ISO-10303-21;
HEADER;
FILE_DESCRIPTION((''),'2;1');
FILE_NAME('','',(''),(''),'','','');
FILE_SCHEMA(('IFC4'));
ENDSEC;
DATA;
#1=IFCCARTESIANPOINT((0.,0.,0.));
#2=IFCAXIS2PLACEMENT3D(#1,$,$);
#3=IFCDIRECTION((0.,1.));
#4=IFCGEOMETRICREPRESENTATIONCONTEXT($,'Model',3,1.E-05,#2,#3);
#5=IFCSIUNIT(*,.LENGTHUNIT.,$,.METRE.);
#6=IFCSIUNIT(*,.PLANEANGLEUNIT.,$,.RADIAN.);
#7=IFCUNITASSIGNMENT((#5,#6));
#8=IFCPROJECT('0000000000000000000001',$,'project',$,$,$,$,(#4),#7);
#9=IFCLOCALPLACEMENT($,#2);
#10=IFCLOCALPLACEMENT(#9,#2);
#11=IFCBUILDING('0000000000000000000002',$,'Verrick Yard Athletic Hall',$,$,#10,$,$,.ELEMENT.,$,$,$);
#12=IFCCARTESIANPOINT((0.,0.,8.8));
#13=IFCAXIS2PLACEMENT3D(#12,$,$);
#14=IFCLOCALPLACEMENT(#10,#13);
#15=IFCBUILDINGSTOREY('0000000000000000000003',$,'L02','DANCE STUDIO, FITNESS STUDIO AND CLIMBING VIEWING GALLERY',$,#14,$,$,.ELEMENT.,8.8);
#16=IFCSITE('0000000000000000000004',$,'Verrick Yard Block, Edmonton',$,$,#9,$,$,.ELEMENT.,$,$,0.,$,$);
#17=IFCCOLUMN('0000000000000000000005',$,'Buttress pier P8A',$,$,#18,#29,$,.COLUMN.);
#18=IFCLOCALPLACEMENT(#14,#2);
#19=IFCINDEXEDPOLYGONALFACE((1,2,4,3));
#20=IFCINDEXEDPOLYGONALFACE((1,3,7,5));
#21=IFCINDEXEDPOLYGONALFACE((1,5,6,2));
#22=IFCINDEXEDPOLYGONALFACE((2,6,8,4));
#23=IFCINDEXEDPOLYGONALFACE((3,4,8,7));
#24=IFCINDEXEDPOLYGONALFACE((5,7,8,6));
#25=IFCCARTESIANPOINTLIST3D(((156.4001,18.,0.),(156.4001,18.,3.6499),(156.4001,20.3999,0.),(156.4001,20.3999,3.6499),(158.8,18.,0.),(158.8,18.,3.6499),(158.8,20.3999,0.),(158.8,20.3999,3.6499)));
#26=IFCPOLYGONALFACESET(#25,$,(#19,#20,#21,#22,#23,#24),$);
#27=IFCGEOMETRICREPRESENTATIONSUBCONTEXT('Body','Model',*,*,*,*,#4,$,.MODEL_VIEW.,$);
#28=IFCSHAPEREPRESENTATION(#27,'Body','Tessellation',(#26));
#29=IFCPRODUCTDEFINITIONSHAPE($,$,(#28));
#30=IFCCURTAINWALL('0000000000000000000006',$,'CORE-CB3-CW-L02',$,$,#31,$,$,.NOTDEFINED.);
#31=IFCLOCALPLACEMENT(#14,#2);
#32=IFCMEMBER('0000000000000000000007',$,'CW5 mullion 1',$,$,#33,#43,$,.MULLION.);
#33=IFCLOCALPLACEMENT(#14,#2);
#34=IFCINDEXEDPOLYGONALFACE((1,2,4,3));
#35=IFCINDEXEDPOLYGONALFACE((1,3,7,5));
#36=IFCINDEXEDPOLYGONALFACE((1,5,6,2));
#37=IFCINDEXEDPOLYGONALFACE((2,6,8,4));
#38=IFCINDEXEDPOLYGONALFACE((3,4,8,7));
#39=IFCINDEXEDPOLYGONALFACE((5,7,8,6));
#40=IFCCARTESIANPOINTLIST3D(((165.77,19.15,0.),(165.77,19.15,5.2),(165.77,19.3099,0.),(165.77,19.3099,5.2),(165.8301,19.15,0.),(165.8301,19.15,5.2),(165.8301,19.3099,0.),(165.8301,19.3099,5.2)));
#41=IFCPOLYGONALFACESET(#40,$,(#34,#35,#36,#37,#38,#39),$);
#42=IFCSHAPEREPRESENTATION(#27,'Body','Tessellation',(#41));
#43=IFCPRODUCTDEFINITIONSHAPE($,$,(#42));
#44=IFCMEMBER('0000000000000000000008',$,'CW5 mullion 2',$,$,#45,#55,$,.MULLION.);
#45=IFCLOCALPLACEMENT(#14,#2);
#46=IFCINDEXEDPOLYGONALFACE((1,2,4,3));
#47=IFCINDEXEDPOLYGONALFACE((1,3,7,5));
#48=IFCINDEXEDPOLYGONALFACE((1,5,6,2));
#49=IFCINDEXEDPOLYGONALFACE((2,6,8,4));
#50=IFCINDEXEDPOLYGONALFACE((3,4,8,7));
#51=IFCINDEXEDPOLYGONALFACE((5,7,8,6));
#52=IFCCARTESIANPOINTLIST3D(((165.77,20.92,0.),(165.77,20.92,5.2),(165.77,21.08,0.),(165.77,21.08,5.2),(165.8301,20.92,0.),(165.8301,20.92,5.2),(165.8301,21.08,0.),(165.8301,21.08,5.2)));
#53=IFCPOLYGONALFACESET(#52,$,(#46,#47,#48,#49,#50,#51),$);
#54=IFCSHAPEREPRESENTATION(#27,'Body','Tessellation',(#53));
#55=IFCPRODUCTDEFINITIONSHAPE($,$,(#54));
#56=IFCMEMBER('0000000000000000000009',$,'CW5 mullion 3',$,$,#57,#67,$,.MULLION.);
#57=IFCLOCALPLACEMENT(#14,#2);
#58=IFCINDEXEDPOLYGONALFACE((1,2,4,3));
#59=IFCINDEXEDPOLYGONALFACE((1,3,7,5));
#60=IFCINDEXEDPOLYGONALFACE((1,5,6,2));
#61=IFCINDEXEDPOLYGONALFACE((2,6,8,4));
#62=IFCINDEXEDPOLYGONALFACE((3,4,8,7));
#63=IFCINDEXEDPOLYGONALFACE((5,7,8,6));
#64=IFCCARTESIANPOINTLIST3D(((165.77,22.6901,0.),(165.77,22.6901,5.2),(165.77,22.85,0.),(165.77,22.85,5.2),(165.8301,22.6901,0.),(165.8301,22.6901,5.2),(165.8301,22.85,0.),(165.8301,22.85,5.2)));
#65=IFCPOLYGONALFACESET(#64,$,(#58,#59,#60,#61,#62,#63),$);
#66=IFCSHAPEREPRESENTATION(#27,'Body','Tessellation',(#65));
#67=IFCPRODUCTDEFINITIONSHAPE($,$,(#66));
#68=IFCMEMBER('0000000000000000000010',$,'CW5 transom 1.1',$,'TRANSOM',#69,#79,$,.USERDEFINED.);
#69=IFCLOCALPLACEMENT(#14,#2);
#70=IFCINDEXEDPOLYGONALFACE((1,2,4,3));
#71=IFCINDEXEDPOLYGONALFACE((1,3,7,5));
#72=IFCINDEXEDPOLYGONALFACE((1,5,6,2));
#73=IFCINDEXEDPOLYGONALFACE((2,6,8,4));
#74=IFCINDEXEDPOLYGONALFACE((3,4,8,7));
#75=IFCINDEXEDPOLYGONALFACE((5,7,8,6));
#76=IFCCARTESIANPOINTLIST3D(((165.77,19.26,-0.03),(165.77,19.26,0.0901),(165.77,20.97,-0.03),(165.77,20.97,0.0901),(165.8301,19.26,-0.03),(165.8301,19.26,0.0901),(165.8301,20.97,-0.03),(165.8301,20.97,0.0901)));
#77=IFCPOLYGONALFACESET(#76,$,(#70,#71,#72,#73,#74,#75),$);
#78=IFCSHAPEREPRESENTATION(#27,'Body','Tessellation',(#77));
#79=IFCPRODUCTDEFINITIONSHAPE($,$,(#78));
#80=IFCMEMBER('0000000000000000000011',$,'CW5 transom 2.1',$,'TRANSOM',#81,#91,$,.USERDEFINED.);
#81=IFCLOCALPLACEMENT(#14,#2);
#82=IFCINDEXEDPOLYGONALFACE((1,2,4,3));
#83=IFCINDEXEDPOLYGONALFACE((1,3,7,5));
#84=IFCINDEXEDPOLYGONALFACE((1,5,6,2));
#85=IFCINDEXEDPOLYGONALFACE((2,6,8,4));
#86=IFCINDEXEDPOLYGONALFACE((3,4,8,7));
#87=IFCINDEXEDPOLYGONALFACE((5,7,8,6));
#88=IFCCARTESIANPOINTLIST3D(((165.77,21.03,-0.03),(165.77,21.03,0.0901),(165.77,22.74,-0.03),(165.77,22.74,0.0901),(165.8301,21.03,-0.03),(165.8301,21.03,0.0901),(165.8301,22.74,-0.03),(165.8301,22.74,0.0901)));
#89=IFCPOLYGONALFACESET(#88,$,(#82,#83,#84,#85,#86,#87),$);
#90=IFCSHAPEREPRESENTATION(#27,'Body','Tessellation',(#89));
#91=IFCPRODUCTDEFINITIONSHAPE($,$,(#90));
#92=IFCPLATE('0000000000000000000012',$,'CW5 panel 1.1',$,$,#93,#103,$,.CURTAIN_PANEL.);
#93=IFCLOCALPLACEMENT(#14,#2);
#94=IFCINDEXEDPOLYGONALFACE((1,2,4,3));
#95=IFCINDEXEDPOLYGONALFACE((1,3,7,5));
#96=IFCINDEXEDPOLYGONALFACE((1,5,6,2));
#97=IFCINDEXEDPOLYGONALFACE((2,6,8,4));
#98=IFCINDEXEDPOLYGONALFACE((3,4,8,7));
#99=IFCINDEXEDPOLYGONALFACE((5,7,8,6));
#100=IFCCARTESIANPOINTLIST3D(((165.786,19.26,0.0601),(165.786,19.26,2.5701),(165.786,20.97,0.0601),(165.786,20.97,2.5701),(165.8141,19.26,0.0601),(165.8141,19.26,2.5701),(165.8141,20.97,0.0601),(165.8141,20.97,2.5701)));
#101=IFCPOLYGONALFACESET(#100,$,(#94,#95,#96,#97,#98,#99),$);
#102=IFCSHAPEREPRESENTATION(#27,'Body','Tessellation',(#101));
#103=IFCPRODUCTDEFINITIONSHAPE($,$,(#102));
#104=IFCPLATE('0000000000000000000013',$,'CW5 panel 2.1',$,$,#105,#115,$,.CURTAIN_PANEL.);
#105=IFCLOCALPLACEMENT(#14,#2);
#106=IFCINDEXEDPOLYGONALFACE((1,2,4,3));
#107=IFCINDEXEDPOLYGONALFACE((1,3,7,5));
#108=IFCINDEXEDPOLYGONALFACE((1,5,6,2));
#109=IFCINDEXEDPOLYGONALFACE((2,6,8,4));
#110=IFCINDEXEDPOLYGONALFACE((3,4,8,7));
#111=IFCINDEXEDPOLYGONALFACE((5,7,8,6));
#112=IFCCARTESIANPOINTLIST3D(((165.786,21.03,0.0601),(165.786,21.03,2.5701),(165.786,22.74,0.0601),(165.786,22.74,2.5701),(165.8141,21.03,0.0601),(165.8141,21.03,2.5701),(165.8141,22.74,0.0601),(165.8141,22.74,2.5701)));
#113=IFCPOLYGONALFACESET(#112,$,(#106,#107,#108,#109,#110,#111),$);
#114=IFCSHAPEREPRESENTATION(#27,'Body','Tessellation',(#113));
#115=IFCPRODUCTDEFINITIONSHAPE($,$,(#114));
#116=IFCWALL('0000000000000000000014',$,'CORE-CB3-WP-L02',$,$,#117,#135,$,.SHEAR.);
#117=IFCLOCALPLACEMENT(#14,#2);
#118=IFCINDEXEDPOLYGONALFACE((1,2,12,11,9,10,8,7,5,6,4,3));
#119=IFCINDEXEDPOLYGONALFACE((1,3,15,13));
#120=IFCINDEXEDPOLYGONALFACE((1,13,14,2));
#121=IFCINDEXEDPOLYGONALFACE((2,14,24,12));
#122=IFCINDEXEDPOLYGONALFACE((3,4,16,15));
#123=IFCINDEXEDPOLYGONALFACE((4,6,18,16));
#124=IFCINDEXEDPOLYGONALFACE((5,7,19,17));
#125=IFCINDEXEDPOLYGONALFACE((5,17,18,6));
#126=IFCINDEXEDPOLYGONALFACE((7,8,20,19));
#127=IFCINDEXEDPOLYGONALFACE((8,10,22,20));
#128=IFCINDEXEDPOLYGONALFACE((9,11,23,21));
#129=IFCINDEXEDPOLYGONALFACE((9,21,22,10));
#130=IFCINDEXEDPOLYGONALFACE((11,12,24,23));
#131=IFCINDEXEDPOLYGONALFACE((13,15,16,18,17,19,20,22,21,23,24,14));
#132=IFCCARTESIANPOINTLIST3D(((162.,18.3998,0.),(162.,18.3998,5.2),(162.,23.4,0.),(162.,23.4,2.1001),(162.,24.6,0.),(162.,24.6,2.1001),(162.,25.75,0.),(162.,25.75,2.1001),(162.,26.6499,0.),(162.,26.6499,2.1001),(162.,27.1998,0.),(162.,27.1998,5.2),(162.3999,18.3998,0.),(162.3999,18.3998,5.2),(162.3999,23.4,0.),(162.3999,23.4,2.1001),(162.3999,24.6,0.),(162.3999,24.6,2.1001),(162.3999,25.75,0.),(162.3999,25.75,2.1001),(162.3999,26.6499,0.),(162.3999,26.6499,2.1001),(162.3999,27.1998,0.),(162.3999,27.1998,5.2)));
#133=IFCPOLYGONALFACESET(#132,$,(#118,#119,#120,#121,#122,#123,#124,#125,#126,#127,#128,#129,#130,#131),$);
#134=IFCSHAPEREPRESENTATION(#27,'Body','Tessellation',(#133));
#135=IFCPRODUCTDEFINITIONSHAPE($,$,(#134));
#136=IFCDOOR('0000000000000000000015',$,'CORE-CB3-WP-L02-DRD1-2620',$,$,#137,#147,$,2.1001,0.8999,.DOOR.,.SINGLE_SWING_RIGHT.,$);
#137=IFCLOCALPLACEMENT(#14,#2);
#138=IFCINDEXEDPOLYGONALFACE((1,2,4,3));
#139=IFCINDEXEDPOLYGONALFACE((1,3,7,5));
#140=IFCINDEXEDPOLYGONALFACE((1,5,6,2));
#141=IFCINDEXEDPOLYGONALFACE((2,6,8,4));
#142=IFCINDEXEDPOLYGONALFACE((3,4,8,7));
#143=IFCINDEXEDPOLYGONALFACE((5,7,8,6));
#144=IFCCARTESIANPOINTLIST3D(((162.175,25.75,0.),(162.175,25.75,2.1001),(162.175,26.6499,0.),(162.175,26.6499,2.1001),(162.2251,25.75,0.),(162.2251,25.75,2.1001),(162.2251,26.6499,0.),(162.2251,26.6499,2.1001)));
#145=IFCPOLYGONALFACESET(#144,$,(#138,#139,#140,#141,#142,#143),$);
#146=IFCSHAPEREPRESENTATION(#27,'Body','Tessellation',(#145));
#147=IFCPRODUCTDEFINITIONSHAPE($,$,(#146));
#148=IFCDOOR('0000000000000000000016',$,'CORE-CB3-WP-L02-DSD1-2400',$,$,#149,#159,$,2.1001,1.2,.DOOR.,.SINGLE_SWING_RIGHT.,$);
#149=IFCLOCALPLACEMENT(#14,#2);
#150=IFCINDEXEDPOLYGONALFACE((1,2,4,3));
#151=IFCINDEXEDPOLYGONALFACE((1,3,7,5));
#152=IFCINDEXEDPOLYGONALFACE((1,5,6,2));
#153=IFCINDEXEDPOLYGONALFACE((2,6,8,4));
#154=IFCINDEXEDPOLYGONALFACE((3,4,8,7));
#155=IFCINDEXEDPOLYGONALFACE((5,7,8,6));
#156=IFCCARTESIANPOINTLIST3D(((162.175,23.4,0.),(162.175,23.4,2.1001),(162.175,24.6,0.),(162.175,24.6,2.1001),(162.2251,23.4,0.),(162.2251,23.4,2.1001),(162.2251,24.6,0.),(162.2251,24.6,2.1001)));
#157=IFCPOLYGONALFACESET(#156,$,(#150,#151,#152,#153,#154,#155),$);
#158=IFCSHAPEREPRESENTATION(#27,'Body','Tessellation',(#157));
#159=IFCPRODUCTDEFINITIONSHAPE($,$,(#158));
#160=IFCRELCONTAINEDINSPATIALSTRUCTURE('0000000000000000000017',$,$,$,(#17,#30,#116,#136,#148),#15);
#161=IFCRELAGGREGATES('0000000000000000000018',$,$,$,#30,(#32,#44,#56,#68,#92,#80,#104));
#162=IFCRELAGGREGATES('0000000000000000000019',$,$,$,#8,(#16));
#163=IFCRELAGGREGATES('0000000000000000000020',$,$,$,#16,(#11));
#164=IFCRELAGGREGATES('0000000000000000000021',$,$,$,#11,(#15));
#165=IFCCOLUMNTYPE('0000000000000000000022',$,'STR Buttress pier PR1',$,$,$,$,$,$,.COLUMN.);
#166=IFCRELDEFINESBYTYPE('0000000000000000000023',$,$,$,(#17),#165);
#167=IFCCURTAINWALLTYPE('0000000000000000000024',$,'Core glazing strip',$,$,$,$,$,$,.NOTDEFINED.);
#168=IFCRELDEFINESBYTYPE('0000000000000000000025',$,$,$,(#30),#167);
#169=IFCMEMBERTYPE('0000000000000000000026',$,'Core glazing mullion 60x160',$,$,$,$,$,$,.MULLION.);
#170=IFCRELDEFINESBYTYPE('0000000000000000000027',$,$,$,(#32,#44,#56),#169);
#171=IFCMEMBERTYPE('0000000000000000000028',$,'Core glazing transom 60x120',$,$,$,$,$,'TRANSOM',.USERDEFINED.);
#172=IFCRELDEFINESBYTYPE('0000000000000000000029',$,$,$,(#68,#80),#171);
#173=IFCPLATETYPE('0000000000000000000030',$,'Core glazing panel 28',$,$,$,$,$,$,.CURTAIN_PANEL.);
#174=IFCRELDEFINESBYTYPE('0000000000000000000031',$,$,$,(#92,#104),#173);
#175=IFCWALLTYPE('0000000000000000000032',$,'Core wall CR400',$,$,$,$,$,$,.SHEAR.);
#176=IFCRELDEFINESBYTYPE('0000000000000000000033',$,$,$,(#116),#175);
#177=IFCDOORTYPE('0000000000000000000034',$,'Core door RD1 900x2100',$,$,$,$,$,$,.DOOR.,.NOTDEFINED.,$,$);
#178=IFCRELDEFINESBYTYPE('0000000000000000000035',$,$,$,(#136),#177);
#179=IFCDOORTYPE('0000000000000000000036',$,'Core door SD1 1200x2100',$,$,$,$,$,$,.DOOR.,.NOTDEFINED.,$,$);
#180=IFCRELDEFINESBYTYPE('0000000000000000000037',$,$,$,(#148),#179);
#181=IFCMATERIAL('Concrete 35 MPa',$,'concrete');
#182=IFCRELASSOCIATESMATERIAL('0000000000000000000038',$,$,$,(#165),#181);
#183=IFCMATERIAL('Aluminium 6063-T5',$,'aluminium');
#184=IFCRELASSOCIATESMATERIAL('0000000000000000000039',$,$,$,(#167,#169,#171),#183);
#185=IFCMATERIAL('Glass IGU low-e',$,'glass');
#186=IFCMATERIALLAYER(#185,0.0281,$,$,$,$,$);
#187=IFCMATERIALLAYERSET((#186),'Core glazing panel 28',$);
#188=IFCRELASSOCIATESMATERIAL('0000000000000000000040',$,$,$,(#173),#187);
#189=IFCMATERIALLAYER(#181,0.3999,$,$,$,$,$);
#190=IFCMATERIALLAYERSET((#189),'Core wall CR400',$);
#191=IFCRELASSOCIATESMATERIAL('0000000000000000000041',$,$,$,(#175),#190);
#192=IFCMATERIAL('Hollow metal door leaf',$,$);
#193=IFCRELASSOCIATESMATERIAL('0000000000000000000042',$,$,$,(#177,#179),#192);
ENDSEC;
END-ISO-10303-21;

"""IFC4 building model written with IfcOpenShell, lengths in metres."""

from ifc_helpers import new_model, si_unit, direction, frame, frame_2d, origin, origin_2d, place, context, subcontext, project, spatial, rectangle, extrude, material, layer, layer_set, material_profile, profile_set, type_object, element, fill, aggregate, save


model = new_model("IFC4")

# Units and contexts
model_context = context("Model", 3, precision=1e-05, world=origin(), true_north=direction((0.0, 1.0)))
body_context = subcontext(model_context, "Body", "Model", "MODEL_VIEW")
ifc_project = project(units=[si_unit("LENGTHUNIT", "METRE"), si_unit("PLANEANGLEUNIT", "RADIAN")], contexts=[model_context])

# Site, building, storey
site_placement = place(None, origin())
site = spatial("IfcSite", under=ifc_project, at=site_placement, Name="Verrick Yard Block, Edmonton", CompositionType="ELEMENT", RefElevation=0.0)
building_placement = place(site_placement, origin())
building = spatial("IfcBuilding", under=site, at=building_placement, Name="Verrick Yard Athletic Hall", CompositionType="ELEMENT")
storey_placement = place(building_placement, frame((0.0, 0.0, 8.8)))
storey = spatial("IfcBuildingStorey", under=building, at=storey_placement, Name="L02", Description="DANCE STUDIO, FITNESS STUDIO AND CLIMBING VIEWING GALLERY", CompositionType="ELEMENT", Elevation=8.8)

# Column
ifc_material_1 = material(Name="Concrete 35 MPa", Category="concrete")
ifc_material_profile_1 = material_profile(ifc_material_1, rectangle(XDim=2.3999, YDim=2.3999, at=origin_2d()), Name="STR Buttress pier PR1")
ifc_profile_set_1 = profile_set([ifc_material_profile_1], Name="Concrete 35 MPa")
column_type = type_object("IfcColumnType", Name="STR Buttress pier PR1", PredefinedType="COLUMN", material=ifc_profile_set_1)
column_placement = place(storey_placement, frame((157.6001, 19.2, 0.0), z_axis=(0.0, 0.0, 1.0), x_axis=(1.0, 0.0, 0.0)))
element("IfcColumn", 1, at=column_placement, inside=storey, type_object=column_type, Name="Buttress pier P8A", PredefinedType="COLUMN", context=body_context, shape_type="SweptSolid", body=[
    extrude(rectangle(XDim=2.3999, YDim=2.3999, at=origin_2d()), origin(), (0.0, 0.0, 1.0), 3.6499),
])

# Curtain wall, members, plates
ifc_material_2 = material(Name="Aluminium 6063-T5", Category="aluminium")
curtain_wall_type = type_object("IfcCurtainWallType", Name="Core glazing strip", PredefinedType="NOTDEFINED", material=ifc_material_2)
curtain_wall_placement = place(storey_placement, origin())
curtain_wall = element("IfcCurtainWall", 2, at=curtain_wall_placement, inside=storey, type_object=curtain_wall_type, Name="CORE-CB3-CW-L02", PredefinedType="NOTDEFINED")
ifc_material_profile_2 = material_profile(ifc_material_2, rectangle(XDim=0.0601, YDim=0.1599, at=origin_2d()), Name="Core glazing mullion 60x160")
ifc_profile_set_2 = profile_set([ifc_material_profile_2], Name="Aluminium 6063-T5")
member_type_1 = type_object("IfcMemberType", Name="Core glazing mullion 60x160", PredefinedType="MULLION", material=ifc_profile_set_2)
member_1_placement = place(storey_placement, frame((165.8, 19.23, 0.0), z_axis=(0.0, 0.0, 1.0), x_axis=(-1.0, 0.0, 0.0)))
member_1 = element("IfcMember", 3, at=member_1_placement, type_object=member_type_1, Name="CW5 mullion 1", PredefinedType="MULLION", context=body_context, shape_type="SweptSolid", body=[
    extrude(rectangle(XDim=0.0601, YDim=0.1599, at=origin_2d()), origin(), (0.0, 0.0, 1.0), 5.2),
])
member_2_placement = place(storey_placement, frame((165.8, 21.0, 0.0), z_axis=(0.0, 0.0, 1.0), x_axis=(-1.0, 0.0, 0.0)))
member_2 = element("IfcMember", 4, at=member_2_placement, type_object=member_type_1, Name="CW5 mullion 2", PredefinedType="MULLION", context=body_context, shape_type="SweptSolid", body=[
    extrude(rectangle(XDim=0.0601, YDim=0.1599, at=origin_2d()), origin(), (0.0, 0.0, 1.0), 5.2),
])
member_3_placement = place(storey_placement, frame((165.8, 22.77, 0.0), z_axis=(0.0, 0.0, 1.0), x_axis=(-1.0, 0.0, 0.0)))
member_3 = element("IfcMember", 5, at=member_3_placement, type_object=member_type_1, Name="CW5 mullion 3", PredefinedType="MULLION", context=body_context, shape_type="SweptSolid", body=[
    extrude(rectangle(XDim=0.0601, YDim=0.1599, at=origin_2d()), origin(), (0.0, 0.0, 1.0), 5.2),
])
ifc_material_profile_3 = material_profile(ifc_material_2, rectangle(XDim=0.0601, YDim=0.1201, at=origin_2d()), Name="Core glazing transom 60x120")
ifc_profile_set_3 = profile_set([ifc_material_profile_3], Name="Aluminium 6063-T5")
member_type_2 = type_object("IfcMemberType", Name="Core glazing transom 60x120", ElementType="TRANSOM", PredefinedType="USERDEFINED", material=ifc_profile_set_3)
member_4_placement = place(storey_placement, frame((165.8, 19.26, 0.03), z_axis=(0.0, 1.0, 0.0), x_axis=(-1.0, 0.0, 0.0)))
member_4 = element("IfcMember", 6, at=member_4_placement, type_object=member_type_2, Name="CW5 transom 1.1", ObjectType="TRANSOM", PredefinedType="USERDEFINED", context=body_context, shape_type="SweptSolid", body=[
    extrude(rectangle(XDim=0.0601, YDim=0.1201, at=origin_2d()), origin(), (0.0, 0.0, 1.0), 1.71),
])
member_5_placement = place(storey_placement, frame((165.8, 21.03, 0.03), z_axis=(0.0, 1.0, 0.0), x_axis=(-1.0, 0.0, 0.0)))
member_5 = element("IfcMember", 7, at=member_5_placement, type_object=member_type_2, Name="CW5 transom 2.1", ObjectType="TRANSOM", PredefinedType="USERDEFINED", context=body_context, shape_type="SweptSolid", body=[
    extrude(rectangle(XDim=0.0601, YDim=0.1201, at=origin_2d()), origin(), (0.0, 0.0, 1.0), 1.71),
])
ifc_material_3 = material(Name="Glass IGU low-e", Category="glass")
ifc_layer_1 = layer(ifc_material_3, 0.0281)
ifc_layer_set_1 = layer_set([ifc_layer_1], Name="Core glazing panel 28")
plate_type = type_object("IfcPlateType", Name="Core glazing panel 28", PredefinedType="CURTAIN_PANEL", material=ifc_layer_set_1)
plate_1_placement = place(storey_placement, frame((165.8, 20.115, 0.0601), z_axis=(0.0, 0.0, 1.0), x_axis=(0.0, 1.0, 0.0)))
plate_1 = element("IfcPlate", 8, at=plate_1_placement, type_object=plate_type, Name="CW5 panel 1.1", PredefinedType="CURTAIN_PANEL", context=body_context, shape_type="SweptSolid", body=[
    extrude(rectangle(XDim=1.71, YDim=0.0281, at=origin_2d()), origin(), (0.0, 0.0, 1.0), 2.51),
])
plate_2_placement = place(storey_placement, frame((165.8, 21.885, 0.0601), z_axis=(0.0, 0.0, 1.0), x_axis=(0.0, 1.0, 0.0)))
plate_2 = element("IfcPlate", 9, at=plate_2_placement, type_object=plate_type, Name="CW5 panel 2.1", PredefinedType="CURTAIN_PANEL", context=body_context, shape_type="SweptSolid", body=[
    extrude(rectangle(XDim=1.71, YDim=0.0281, at=origin_2d()), origin(), (0.0, 0.0, 1.0), 2.51),
])
aggregate(curtain_wall, [member_1, member_2, member_3, member_4, plate_1, member_5, plate_2])

# Wall, openings, doors
ifc_layer_2 = layer(ifc_material_1, 0.3999)
ifc_layer_set_2 = layer_set([ifc_layer_2], Name="Core wall CR400")
wall_type_1 = type_object("IfcWallType", Name="Core wall CR400", PredefinedType="SHEAR", material=ifc_layer_set_2)
wall_1_placement = place(storey_placement, frame((162.2, 18.3999, 0.0), z_axis=(0.0, 0.0, 1.0), x_axis=(0.0, 1.0, 0.0)))
wall_1 = element("IfcWall", 10, at=wall_1_placement, inside=storey, type_object=wall_type_1, Name="CORE-CB3-WP-L02", PredefinedType="SHEAR", context=body_context, shape_type="SweptSolid", body=[
    extrude(rectangle(XDim=8.8, YDim=0.3999, at=frame_2d((4.3999, 0.0))), origin(), (0.0, 0.0, 1.0), 5.2),
])
opening_1_placement = place(wall_1_placement, frame((5.0, 0.0, 0.0)))
opening_1 = element("IfcOpeningElement", 11, at=opening_1_placement, cuts=wall_1, PredefinedType="OPENING", context=body_context, shape_type="SweptSolid", body=[
    extrude(rectangle(XDim=1.2, YDim=2.1001, at=frame_2d((0.6001, 1.05))), frame((0.0, 0.21, 0.0), z_axis=(0.0, -1.0, 0.0), x_axis=(1.0, 0.0, 0.0)), (0.0, 0.0, 1.0), 0.4199),
])
opening_2_placement = place(wall_1_placement, frame((7.3501, 0.0, 0.0)))
opening_2 = element("IfcOpeningElement", 12, at=opening_2_placement, cuts=wall_1, PredefinedType="OPENING", context=body_context, shape_type="SweptSolid", body=[
    extrude(rectangle(XDim=0.8999, YDim=2.1001, at=frame_2d((0.45, 1.05))), frame((0.0, 0.21, 0.0), z_axis=(0.0, -1.0, 0.0), x_axis=(1.0, 0.0, 0.0)), (0.0, 0.0, 1.0), 0.4199),
])
ifc_material_4 = material(Name="Hollow metal door leaf")
door_type_1 = type_object("IfcDoorType", Name="Core door RD1 900x2100", OperationType="NOTDEFINED", PredefinedType="DOOR", material=ifc_material_4)
door_1_placement = place(opening_2_placement, origin())
door_1 = element("IfcDoor", 13, at=door_1_placement, inside=storey, type_object=door_type_1, Name="CORE-CB3-WP-L02-DRD1-2620", OperationType="SINGLE_SWING_RIGHT", OverallHeight=2.1001, OverallWidth=0.8999, PredefinedType="DOOR", context=body_context, shape_type="SweptSolid", body=[
    extrude(rectangle(XDim=0.8999, YDim=2.1001, at=frame_2d((0.45, 1.05))), frame((0.0, 0.0249, 0.0), z_axis=(0.0, -1.0, 0.0), x_axis=(1.0, 0.0, 0.0)), (0.0, 0.0, 1.0), 0.05),
])
fill(opening_2, door_1)
door_type_2 = type_object("IfcDoorType", Name="Core door SD1 1200x2100", OperationType="NOTDEFINED", PredefinedType="DOOR", material=ifc_material_4)
door_2_placement = place(opening_1_placement, origin())
door_2 = element("IfcDoor", 14, at=door_2_placement, inside=storey, type_object=door_type_2, Name="CORE-CB3-WP-L02-DSD1-2400", OperationType="SINGLE_SWING_RIGHT", OverallHeight=2.1001, OverallWidth=1.2, PredefinedType="DOOR", context=body_context, shape_type="SweptSolid", body=[
    extrude(rectangle(XDim=1.2, YDim=2.1001, at=frame_2d((0.6001, 1.05))), frame((0.0, 0.0249, 0.0), z_axis=(0.0, -1.0, 0.0), x_axis=(1.0, 0.0, 0.0)), (0.0, 0.0, 1.0), 0.05),
])
fill(opening_1, door_2)

save(model, "model.ifc")
